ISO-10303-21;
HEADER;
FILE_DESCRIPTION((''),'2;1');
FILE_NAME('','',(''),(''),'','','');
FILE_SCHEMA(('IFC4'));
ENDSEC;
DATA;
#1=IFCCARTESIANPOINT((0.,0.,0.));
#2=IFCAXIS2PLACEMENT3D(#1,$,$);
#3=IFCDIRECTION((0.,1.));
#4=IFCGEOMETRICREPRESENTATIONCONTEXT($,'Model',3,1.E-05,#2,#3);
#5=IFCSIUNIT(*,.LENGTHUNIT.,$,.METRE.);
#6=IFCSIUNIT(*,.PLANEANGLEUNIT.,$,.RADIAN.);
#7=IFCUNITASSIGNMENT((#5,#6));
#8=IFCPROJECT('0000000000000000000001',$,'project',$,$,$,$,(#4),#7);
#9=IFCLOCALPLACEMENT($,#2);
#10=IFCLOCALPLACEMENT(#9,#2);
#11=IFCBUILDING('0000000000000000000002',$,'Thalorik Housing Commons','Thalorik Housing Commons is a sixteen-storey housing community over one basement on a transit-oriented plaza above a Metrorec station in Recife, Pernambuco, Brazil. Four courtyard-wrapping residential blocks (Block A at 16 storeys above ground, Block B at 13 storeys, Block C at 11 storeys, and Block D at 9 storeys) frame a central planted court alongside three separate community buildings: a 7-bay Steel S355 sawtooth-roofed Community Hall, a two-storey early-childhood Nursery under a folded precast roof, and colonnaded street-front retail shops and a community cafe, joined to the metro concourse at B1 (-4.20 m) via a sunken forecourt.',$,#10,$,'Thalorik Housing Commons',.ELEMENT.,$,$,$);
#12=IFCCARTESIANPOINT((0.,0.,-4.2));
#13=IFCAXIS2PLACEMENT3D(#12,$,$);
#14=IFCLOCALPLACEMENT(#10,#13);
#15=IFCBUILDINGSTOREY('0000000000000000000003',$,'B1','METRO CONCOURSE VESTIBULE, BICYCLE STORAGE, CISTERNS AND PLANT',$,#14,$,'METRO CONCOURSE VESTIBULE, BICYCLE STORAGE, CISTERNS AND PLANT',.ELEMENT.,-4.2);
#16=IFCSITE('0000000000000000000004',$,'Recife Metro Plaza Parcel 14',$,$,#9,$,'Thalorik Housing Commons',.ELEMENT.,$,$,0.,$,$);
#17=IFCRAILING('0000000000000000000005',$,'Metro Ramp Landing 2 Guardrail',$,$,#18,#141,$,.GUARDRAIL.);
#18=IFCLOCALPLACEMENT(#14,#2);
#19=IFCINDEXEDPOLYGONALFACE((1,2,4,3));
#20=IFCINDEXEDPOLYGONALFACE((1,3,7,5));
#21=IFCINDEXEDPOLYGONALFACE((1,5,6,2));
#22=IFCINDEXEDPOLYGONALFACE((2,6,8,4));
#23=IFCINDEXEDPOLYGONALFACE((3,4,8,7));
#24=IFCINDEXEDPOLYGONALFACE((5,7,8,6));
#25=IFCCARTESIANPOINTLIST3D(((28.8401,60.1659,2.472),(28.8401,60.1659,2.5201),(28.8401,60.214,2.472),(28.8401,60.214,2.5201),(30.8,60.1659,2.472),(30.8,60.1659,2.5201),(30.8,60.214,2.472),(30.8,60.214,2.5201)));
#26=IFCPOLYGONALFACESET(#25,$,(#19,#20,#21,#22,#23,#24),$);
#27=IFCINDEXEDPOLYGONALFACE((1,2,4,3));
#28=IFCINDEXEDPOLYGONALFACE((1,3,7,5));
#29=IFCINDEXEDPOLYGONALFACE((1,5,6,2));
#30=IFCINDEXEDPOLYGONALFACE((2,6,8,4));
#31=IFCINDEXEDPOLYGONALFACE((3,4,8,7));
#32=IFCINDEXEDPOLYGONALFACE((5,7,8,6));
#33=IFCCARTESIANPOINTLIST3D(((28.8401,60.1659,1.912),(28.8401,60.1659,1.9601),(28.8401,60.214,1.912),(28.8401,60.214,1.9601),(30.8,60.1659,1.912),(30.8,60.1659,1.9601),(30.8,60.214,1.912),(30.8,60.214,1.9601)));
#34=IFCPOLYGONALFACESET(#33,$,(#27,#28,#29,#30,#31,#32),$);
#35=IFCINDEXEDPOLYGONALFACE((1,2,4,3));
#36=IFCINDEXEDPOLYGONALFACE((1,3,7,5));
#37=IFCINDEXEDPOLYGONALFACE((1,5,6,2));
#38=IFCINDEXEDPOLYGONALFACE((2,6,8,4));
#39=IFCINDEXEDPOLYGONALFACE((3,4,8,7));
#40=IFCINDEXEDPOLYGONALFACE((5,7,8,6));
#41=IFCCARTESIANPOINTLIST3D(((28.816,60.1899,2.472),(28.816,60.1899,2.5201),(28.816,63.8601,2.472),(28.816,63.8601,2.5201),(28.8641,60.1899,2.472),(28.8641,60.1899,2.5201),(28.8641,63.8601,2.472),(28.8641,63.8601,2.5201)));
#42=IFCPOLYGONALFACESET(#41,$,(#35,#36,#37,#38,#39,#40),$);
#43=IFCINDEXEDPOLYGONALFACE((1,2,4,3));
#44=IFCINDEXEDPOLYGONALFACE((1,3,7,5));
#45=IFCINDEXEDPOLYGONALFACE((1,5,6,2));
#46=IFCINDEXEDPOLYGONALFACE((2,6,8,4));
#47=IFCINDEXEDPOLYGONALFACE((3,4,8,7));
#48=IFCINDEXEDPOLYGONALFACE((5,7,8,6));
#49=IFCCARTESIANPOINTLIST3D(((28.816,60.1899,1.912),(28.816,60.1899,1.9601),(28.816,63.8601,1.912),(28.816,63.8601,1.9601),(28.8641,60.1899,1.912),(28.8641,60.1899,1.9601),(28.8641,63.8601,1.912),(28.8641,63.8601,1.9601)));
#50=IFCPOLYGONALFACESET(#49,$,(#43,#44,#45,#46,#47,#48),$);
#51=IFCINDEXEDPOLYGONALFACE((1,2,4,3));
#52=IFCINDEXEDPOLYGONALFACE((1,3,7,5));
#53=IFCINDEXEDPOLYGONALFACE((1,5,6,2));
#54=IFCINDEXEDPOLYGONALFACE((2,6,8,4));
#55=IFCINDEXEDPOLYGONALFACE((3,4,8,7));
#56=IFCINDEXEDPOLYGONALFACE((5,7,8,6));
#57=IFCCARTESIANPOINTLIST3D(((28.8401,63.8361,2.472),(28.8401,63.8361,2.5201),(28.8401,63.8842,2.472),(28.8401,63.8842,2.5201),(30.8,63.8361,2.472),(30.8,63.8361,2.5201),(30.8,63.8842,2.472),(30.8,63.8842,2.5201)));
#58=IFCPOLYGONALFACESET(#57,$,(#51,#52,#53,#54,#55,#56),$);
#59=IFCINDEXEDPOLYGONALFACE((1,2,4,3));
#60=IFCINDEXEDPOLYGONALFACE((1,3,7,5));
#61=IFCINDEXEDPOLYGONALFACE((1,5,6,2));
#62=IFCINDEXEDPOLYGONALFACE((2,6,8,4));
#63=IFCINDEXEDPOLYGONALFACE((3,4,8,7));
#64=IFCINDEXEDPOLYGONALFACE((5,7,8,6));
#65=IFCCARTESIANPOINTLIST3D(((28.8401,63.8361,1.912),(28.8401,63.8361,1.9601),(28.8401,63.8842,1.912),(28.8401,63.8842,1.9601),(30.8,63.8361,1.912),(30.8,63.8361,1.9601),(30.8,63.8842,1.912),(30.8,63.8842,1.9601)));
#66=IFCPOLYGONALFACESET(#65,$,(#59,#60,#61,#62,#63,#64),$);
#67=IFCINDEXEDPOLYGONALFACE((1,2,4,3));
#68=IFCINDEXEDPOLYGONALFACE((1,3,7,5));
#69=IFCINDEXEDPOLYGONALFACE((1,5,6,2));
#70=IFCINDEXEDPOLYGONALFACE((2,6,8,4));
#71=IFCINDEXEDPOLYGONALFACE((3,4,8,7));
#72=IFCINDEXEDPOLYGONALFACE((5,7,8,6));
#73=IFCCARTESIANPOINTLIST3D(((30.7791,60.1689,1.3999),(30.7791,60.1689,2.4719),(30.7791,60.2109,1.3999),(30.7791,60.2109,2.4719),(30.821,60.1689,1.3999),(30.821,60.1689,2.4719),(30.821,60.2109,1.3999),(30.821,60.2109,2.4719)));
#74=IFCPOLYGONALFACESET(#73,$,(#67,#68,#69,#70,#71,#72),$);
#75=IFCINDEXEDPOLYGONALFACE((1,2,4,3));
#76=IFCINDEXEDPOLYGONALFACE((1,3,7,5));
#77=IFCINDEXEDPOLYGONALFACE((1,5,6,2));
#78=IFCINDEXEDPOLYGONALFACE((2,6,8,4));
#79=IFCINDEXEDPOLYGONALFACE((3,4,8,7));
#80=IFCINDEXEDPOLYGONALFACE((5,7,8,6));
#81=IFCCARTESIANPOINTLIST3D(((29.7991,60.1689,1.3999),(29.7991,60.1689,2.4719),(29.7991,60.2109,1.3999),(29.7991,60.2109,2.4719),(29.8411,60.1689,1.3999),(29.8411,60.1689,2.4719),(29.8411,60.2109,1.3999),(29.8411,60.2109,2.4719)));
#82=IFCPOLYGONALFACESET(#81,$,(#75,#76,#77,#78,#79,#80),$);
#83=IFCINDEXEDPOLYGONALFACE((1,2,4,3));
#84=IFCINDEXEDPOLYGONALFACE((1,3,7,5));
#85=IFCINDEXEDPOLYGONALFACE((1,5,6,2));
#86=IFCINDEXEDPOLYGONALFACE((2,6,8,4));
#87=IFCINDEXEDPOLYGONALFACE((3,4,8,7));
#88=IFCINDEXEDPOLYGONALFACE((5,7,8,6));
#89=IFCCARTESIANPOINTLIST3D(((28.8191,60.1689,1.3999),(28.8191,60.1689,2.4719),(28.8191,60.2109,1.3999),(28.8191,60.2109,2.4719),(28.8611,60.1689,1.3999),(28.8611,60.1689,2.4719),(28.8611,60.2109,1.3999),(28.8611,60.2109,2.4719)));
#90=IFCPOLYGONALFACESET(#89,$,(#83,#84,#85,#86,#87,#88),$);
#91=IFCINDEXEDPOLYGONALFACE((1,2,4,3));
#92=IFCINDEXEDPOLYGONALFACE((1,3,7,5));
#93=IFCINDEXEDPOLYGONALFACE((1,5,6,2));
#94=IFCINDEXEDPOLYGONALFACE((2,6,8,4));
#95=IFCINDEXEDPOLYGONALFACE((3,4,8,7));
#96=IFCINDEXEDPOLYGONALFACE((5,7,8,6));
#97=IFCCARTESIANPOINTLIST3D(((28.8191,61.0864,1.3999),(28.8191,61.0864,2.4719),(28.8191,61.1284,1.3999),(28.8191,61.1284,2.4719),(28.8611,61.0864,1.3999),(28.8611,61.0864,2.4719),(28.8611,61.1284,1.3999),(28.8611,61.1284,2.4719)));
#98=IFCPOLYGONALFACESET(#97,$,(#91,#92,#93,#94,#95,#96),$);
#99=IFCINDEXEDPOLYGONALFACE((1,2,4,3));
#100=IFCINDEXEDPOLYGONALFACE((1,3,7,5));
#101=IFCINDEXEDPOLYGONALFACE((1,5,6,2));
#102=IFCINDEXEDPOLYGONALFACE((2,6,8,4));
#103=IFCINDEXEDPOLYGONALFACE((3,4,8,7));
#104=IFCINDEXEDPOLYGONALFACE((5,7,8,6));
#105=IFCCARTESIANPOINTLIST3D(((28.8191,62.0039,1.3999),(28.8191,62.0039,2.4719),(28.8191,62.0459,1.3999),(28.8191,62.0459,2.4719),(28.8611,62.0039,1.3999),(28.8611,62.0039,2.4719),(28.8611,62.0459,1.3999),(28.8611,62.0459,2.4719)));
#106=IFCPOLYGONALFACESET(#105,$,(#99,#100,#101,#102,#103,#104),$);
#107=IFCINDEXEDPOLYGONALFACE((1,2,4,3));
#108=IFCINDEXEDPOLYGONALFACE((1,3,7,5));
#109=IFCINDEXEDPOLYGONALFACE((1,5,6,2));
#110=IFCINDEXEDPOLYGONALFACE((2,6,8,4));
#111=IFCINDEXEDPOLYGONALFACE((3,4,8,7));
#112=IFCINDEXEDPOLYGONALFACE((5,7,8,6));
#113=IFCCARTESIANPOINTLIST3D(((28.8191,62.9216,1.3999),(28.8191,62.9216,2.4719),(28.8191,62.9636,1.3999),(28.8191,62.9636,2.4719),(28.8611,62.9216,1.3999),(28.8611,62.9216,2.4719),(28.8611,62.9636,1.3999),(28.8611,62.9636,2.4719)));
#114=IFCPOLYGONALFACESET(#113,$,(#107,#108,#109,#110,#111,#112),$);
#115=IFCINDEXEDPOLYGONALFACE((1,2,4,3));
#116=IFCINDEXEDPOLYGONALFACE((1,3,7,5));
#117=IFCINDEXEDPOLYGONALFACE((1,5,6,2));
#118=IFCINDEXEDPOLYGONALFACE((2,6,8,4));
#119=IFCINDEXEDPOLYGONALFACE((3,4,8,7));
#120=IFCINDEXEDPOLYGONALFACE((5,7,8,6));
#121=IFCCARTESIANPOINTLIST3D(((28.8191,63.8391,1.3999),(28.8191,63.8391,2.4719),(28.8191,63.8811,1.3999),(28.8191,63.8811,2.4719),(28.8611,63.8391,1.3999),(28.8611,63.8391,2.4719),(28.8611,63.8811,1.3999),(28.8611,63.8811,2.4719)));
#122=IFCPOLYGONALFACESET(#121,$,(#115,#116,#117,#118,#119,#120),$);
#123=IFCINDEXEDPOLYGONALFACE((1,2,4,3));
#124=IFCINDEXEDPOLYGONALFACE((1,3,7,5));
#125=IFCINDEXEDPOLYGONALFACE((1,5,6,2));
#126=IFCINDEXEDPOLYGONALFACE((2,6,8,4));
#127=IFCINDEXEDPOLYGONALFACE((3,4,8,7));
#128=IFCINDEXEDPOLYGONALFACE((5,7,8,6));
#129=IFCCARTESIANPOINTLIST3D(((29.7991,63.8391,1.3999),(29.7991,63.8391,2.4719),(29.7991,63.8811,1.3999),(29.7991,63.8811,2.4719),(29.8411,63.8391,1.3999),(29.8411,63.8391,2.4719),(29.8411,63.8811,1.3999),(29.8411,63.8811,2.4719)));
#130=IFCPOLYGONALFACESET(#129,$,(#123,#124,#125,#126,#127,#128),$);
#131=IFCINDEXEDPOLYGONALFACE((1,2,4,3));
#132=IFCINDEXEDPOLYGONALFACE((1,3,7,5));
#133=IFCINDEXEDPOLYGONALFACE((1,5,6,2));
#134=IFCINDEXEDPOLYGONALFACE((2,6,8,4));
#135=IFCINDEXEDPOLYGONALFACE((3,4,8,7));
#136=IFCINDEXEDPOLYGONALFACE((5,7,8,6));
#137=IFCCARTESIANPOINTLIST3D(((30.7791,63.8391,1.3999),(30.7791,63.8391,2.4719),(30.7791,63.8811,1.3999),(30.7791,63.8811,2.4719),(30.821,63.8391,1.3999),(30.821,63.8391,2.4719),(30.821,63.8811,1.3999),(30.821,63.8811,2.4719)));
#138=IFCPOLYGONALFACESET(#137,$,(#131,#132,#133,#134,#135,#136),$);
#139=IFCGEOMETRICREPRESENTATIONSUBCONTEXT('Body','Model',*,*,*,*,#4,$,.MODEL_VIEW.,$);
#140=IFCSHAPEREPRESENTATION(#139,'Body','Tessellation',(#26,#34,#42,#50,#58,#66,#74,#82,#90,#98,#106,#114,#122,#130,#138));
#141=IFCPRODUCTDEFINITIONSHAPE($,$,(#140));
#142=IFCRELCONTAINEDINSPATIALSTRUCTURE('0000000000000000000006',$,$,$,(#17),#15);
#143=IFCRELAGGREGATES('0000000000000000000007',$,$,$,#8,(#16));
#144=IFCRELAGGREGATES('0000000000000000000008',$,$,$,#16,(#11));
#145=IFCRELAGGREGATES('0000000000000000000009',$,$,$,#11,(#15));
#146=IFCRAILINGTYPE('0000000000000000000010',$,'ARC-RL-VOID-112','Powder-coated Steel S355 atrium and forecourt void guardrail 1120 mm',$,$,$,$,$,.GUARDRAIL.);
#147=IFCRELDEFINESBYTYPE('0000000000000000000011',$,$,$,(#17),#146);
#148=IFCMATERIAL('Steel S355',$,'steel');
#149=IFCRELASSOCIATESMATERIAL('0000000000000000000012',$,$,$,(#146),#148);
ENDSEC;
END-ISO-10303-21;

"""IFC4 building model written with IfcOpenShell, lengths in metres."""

from ifc_helpers import new_model, si_unit, direction, frame, origin, origin_2d, place, context, subcontext, project, spatial, rectangle, extrude, material, type_object, element, save


model = new_model("IFC4")

# Units and contexts
model_context = context("Model", 3, precision=1e-05, world=origin(), true_north=direction((0.0, 1.0)))
body_context = subcontext(model_context, "Body", "Model", "MODEL_VIEW")
ifc_project = project(units=[si_unit("LENGTHUNIT", "METRE"), si_unit("PLANEANGLEUNIT", "RADIAN")], contexts=[model_context])

# Site, building, storey
site_placement = place(None, origin())
site = spatial("IfcSite", under=ifc_project, at=site_placement, Name="Recife Metro Plaza Parcel 14", LongName="Thalorik Housing Commons", CompositionType="ELEMENT", RefElevation=0.0)
building_placement = place(site_placement, origin())
building = spatial("IfcBuilding", under=site, at=building_placement, Name="Thalorik Housing Commons", Description="Thalorik Housing Commons is a sixteen-storey housing community over one basement on a transit-oriented plaza above a Metrorec station in Recife, Pernambuco, Brazil. Four courtyard-wrapping residential blocks (Block A at 16 storeys above ground, Block B at 13 storeys, Block C at 11 storeys, and Block D at 9 storeys) frame a central planted court alongside three separate community buildings: a 7-bay Steel S355 sawtooth-roofed Community Hall, a two-storey early-childhood Nursery under a folded precast roof, and colonnaded street-front retail shops and a community cafe, joined to the metro concourse at B1 (-4.20 m) via a sunken forecourt.", LongName="Thalorik Housing Commons", CompositionType="ELEMENT")
storey_placement = place(building_placement, frame((0.0, 0.0, -4.2)))
storey = spatial("IfcBuildingStorey", under=building, at=storey_placement, Name="B1", Description="METRO CONCOURSE VESTIBULE, BICYCLE STORAGE, CISTERNS AND PLANT", LongName="METRO CONCOURSE VESTIBULE, BICYCLE STORAGE, CISTERNS AND PLANT", CompositionType="ELEMENT", Elevation=-4.2)

# Shared definitions
ifc_material_1 = material(Name="Steel S355", Category="steel")

# Railing
railing_type_1 = type_object("IfcRailingType", Name="ARC-RL-VOID-112", Description="Powder-coated Steel S355 atrium and forecourt void guardrail 1120 mm", PredefinedType="GUARDRAIL", material=ifc_material_1)
railing_1_placement = place(storey_placement, frame((30.8, 60.1899, 1.3999)))
element("IfcRailing", 1, at=railing_1_placement, inside=storey, type_object=railing_type_1, Name="Metro Ramp Landing 2 Guardrail", PredefinedType="GUARDRAIL", context=body_context, shape_type="SweptSolid", body=[
    extrude(rectangle(XDim=0.0481, YDim=0.0481, at=origin_2d()), frame((0.0, 0.0, 1.0962), z_axis=(-1.0, 0.0, 0.0), x_axis=(0.0, -1.0, 0.0)), (0.0, 0.0, 1.0), 1.96),
    extrude(rectangle(XDim=0.0481, YDim=0.0481, at=origin_2d()), frame((0.0, 0.0, 0.5361), z_axis=(-1.0, 0.0, 0.0), x_axis=(0.0, -1.0, 0.0)), (0.0, 0.0, 1.0), 1.96),
    extrude(rectangle(XDim=0.0481, YDim=0.0481, at=origin_2d()), frame((-1.96, 0.0, 1.0962), z_axis=(0.0, 1.0, 0.0), x_axis=(-1.0, 0.0, 0.0)), (0.0, 0.0, 1.0), 3.6702),
    extrude(rectangle(XDim=0.0481, YDim=0.0481, at=origin_2d()), frame((-1.96, 0.0, 0.5361), z_axis=(0.0, 1.0, 0.0), x_axis=(-1.0, 0.0, 0.0)), (0.0, 0.0, 1.0), 3.6702),
    extrude(rectangle(XDim=0.0481, YDim=0.0481, at=origin_2d()), frame((-1.96, 3.6702, 1.0962), z_axis=(1.0, 0.0, 0.0), x_axis=(0.0, 1.0, 0.0)), (0.0, 0.0, 1.0), 1.96),
    extrude(rectangle(XDim=0.0481, YDim=0.0481, at=origin_2d()), frame((-1.96, 3.6702, 0.5361), z_axis=(1.0, 0.0, 0.0), x_axis=(0.0, 1.0, 0.0)), (0.0, 0.0, 1.0), 1.96),
    extrude(rectangle(XDim=0.042, YDim=0.042, at=origin_2d()), origin(), (0.0, 0.0, 1.0), 1.072),
    extrude(rectangle(XDim=0.042, YDim=0.042, at=origin_2d()), frame((-0.98, 0.0, 0.0)), (0.0, 0.0, 1.0), 1.072),
    extrude(rectangle(XDim=0.042, YDim=0.042, at=origin_2d()), frame((-1.96, 0.0, 0.0)), (0.0, 0.0, 1.0), 1.072),
    extrude(rectangle(XDim=0.042, YDim=0.042, at=origin_2d()), frame((-1.96, 0.9175, 0.0)), (0.0, 0.0, 1.0), 1.072),
    extrude(rectangle(XDim=0.042, YDim=0.042, at=origin_2d()), frame((-1.96, 1.835, 0.0)), (0.0, 0.0, 1.0), 1.072),
    extrude(rectangle(XDim=0.042, YDim=0.042, at=origin_2d()), frame((-1.96, 2.7527, 0.0)), (0.0, 0.0, 1.0), 1.072),
    extrude(rectangle(XDim=0.042, YDim=0.042, at=origin_2d()), frame((-1.96, 3.6702, 0.0)), (0.0, 0.0, 1.0), 1.072),
    extrude(rectangle(XDim=0.042, YDim=0.042, at=origin_2d()), frame((-0.98, 3.6702, 0.0)), (0.0, 0.0, 1.0), 1.072),
    extrude(rectangle(XDim=0.042, YDim=0.042, at=origin_2d()), frame((0.0, 3.6702, 0.0)), (0.0, 0.0, 1.0), 1.072),
])

save(model, "model.ifc")
